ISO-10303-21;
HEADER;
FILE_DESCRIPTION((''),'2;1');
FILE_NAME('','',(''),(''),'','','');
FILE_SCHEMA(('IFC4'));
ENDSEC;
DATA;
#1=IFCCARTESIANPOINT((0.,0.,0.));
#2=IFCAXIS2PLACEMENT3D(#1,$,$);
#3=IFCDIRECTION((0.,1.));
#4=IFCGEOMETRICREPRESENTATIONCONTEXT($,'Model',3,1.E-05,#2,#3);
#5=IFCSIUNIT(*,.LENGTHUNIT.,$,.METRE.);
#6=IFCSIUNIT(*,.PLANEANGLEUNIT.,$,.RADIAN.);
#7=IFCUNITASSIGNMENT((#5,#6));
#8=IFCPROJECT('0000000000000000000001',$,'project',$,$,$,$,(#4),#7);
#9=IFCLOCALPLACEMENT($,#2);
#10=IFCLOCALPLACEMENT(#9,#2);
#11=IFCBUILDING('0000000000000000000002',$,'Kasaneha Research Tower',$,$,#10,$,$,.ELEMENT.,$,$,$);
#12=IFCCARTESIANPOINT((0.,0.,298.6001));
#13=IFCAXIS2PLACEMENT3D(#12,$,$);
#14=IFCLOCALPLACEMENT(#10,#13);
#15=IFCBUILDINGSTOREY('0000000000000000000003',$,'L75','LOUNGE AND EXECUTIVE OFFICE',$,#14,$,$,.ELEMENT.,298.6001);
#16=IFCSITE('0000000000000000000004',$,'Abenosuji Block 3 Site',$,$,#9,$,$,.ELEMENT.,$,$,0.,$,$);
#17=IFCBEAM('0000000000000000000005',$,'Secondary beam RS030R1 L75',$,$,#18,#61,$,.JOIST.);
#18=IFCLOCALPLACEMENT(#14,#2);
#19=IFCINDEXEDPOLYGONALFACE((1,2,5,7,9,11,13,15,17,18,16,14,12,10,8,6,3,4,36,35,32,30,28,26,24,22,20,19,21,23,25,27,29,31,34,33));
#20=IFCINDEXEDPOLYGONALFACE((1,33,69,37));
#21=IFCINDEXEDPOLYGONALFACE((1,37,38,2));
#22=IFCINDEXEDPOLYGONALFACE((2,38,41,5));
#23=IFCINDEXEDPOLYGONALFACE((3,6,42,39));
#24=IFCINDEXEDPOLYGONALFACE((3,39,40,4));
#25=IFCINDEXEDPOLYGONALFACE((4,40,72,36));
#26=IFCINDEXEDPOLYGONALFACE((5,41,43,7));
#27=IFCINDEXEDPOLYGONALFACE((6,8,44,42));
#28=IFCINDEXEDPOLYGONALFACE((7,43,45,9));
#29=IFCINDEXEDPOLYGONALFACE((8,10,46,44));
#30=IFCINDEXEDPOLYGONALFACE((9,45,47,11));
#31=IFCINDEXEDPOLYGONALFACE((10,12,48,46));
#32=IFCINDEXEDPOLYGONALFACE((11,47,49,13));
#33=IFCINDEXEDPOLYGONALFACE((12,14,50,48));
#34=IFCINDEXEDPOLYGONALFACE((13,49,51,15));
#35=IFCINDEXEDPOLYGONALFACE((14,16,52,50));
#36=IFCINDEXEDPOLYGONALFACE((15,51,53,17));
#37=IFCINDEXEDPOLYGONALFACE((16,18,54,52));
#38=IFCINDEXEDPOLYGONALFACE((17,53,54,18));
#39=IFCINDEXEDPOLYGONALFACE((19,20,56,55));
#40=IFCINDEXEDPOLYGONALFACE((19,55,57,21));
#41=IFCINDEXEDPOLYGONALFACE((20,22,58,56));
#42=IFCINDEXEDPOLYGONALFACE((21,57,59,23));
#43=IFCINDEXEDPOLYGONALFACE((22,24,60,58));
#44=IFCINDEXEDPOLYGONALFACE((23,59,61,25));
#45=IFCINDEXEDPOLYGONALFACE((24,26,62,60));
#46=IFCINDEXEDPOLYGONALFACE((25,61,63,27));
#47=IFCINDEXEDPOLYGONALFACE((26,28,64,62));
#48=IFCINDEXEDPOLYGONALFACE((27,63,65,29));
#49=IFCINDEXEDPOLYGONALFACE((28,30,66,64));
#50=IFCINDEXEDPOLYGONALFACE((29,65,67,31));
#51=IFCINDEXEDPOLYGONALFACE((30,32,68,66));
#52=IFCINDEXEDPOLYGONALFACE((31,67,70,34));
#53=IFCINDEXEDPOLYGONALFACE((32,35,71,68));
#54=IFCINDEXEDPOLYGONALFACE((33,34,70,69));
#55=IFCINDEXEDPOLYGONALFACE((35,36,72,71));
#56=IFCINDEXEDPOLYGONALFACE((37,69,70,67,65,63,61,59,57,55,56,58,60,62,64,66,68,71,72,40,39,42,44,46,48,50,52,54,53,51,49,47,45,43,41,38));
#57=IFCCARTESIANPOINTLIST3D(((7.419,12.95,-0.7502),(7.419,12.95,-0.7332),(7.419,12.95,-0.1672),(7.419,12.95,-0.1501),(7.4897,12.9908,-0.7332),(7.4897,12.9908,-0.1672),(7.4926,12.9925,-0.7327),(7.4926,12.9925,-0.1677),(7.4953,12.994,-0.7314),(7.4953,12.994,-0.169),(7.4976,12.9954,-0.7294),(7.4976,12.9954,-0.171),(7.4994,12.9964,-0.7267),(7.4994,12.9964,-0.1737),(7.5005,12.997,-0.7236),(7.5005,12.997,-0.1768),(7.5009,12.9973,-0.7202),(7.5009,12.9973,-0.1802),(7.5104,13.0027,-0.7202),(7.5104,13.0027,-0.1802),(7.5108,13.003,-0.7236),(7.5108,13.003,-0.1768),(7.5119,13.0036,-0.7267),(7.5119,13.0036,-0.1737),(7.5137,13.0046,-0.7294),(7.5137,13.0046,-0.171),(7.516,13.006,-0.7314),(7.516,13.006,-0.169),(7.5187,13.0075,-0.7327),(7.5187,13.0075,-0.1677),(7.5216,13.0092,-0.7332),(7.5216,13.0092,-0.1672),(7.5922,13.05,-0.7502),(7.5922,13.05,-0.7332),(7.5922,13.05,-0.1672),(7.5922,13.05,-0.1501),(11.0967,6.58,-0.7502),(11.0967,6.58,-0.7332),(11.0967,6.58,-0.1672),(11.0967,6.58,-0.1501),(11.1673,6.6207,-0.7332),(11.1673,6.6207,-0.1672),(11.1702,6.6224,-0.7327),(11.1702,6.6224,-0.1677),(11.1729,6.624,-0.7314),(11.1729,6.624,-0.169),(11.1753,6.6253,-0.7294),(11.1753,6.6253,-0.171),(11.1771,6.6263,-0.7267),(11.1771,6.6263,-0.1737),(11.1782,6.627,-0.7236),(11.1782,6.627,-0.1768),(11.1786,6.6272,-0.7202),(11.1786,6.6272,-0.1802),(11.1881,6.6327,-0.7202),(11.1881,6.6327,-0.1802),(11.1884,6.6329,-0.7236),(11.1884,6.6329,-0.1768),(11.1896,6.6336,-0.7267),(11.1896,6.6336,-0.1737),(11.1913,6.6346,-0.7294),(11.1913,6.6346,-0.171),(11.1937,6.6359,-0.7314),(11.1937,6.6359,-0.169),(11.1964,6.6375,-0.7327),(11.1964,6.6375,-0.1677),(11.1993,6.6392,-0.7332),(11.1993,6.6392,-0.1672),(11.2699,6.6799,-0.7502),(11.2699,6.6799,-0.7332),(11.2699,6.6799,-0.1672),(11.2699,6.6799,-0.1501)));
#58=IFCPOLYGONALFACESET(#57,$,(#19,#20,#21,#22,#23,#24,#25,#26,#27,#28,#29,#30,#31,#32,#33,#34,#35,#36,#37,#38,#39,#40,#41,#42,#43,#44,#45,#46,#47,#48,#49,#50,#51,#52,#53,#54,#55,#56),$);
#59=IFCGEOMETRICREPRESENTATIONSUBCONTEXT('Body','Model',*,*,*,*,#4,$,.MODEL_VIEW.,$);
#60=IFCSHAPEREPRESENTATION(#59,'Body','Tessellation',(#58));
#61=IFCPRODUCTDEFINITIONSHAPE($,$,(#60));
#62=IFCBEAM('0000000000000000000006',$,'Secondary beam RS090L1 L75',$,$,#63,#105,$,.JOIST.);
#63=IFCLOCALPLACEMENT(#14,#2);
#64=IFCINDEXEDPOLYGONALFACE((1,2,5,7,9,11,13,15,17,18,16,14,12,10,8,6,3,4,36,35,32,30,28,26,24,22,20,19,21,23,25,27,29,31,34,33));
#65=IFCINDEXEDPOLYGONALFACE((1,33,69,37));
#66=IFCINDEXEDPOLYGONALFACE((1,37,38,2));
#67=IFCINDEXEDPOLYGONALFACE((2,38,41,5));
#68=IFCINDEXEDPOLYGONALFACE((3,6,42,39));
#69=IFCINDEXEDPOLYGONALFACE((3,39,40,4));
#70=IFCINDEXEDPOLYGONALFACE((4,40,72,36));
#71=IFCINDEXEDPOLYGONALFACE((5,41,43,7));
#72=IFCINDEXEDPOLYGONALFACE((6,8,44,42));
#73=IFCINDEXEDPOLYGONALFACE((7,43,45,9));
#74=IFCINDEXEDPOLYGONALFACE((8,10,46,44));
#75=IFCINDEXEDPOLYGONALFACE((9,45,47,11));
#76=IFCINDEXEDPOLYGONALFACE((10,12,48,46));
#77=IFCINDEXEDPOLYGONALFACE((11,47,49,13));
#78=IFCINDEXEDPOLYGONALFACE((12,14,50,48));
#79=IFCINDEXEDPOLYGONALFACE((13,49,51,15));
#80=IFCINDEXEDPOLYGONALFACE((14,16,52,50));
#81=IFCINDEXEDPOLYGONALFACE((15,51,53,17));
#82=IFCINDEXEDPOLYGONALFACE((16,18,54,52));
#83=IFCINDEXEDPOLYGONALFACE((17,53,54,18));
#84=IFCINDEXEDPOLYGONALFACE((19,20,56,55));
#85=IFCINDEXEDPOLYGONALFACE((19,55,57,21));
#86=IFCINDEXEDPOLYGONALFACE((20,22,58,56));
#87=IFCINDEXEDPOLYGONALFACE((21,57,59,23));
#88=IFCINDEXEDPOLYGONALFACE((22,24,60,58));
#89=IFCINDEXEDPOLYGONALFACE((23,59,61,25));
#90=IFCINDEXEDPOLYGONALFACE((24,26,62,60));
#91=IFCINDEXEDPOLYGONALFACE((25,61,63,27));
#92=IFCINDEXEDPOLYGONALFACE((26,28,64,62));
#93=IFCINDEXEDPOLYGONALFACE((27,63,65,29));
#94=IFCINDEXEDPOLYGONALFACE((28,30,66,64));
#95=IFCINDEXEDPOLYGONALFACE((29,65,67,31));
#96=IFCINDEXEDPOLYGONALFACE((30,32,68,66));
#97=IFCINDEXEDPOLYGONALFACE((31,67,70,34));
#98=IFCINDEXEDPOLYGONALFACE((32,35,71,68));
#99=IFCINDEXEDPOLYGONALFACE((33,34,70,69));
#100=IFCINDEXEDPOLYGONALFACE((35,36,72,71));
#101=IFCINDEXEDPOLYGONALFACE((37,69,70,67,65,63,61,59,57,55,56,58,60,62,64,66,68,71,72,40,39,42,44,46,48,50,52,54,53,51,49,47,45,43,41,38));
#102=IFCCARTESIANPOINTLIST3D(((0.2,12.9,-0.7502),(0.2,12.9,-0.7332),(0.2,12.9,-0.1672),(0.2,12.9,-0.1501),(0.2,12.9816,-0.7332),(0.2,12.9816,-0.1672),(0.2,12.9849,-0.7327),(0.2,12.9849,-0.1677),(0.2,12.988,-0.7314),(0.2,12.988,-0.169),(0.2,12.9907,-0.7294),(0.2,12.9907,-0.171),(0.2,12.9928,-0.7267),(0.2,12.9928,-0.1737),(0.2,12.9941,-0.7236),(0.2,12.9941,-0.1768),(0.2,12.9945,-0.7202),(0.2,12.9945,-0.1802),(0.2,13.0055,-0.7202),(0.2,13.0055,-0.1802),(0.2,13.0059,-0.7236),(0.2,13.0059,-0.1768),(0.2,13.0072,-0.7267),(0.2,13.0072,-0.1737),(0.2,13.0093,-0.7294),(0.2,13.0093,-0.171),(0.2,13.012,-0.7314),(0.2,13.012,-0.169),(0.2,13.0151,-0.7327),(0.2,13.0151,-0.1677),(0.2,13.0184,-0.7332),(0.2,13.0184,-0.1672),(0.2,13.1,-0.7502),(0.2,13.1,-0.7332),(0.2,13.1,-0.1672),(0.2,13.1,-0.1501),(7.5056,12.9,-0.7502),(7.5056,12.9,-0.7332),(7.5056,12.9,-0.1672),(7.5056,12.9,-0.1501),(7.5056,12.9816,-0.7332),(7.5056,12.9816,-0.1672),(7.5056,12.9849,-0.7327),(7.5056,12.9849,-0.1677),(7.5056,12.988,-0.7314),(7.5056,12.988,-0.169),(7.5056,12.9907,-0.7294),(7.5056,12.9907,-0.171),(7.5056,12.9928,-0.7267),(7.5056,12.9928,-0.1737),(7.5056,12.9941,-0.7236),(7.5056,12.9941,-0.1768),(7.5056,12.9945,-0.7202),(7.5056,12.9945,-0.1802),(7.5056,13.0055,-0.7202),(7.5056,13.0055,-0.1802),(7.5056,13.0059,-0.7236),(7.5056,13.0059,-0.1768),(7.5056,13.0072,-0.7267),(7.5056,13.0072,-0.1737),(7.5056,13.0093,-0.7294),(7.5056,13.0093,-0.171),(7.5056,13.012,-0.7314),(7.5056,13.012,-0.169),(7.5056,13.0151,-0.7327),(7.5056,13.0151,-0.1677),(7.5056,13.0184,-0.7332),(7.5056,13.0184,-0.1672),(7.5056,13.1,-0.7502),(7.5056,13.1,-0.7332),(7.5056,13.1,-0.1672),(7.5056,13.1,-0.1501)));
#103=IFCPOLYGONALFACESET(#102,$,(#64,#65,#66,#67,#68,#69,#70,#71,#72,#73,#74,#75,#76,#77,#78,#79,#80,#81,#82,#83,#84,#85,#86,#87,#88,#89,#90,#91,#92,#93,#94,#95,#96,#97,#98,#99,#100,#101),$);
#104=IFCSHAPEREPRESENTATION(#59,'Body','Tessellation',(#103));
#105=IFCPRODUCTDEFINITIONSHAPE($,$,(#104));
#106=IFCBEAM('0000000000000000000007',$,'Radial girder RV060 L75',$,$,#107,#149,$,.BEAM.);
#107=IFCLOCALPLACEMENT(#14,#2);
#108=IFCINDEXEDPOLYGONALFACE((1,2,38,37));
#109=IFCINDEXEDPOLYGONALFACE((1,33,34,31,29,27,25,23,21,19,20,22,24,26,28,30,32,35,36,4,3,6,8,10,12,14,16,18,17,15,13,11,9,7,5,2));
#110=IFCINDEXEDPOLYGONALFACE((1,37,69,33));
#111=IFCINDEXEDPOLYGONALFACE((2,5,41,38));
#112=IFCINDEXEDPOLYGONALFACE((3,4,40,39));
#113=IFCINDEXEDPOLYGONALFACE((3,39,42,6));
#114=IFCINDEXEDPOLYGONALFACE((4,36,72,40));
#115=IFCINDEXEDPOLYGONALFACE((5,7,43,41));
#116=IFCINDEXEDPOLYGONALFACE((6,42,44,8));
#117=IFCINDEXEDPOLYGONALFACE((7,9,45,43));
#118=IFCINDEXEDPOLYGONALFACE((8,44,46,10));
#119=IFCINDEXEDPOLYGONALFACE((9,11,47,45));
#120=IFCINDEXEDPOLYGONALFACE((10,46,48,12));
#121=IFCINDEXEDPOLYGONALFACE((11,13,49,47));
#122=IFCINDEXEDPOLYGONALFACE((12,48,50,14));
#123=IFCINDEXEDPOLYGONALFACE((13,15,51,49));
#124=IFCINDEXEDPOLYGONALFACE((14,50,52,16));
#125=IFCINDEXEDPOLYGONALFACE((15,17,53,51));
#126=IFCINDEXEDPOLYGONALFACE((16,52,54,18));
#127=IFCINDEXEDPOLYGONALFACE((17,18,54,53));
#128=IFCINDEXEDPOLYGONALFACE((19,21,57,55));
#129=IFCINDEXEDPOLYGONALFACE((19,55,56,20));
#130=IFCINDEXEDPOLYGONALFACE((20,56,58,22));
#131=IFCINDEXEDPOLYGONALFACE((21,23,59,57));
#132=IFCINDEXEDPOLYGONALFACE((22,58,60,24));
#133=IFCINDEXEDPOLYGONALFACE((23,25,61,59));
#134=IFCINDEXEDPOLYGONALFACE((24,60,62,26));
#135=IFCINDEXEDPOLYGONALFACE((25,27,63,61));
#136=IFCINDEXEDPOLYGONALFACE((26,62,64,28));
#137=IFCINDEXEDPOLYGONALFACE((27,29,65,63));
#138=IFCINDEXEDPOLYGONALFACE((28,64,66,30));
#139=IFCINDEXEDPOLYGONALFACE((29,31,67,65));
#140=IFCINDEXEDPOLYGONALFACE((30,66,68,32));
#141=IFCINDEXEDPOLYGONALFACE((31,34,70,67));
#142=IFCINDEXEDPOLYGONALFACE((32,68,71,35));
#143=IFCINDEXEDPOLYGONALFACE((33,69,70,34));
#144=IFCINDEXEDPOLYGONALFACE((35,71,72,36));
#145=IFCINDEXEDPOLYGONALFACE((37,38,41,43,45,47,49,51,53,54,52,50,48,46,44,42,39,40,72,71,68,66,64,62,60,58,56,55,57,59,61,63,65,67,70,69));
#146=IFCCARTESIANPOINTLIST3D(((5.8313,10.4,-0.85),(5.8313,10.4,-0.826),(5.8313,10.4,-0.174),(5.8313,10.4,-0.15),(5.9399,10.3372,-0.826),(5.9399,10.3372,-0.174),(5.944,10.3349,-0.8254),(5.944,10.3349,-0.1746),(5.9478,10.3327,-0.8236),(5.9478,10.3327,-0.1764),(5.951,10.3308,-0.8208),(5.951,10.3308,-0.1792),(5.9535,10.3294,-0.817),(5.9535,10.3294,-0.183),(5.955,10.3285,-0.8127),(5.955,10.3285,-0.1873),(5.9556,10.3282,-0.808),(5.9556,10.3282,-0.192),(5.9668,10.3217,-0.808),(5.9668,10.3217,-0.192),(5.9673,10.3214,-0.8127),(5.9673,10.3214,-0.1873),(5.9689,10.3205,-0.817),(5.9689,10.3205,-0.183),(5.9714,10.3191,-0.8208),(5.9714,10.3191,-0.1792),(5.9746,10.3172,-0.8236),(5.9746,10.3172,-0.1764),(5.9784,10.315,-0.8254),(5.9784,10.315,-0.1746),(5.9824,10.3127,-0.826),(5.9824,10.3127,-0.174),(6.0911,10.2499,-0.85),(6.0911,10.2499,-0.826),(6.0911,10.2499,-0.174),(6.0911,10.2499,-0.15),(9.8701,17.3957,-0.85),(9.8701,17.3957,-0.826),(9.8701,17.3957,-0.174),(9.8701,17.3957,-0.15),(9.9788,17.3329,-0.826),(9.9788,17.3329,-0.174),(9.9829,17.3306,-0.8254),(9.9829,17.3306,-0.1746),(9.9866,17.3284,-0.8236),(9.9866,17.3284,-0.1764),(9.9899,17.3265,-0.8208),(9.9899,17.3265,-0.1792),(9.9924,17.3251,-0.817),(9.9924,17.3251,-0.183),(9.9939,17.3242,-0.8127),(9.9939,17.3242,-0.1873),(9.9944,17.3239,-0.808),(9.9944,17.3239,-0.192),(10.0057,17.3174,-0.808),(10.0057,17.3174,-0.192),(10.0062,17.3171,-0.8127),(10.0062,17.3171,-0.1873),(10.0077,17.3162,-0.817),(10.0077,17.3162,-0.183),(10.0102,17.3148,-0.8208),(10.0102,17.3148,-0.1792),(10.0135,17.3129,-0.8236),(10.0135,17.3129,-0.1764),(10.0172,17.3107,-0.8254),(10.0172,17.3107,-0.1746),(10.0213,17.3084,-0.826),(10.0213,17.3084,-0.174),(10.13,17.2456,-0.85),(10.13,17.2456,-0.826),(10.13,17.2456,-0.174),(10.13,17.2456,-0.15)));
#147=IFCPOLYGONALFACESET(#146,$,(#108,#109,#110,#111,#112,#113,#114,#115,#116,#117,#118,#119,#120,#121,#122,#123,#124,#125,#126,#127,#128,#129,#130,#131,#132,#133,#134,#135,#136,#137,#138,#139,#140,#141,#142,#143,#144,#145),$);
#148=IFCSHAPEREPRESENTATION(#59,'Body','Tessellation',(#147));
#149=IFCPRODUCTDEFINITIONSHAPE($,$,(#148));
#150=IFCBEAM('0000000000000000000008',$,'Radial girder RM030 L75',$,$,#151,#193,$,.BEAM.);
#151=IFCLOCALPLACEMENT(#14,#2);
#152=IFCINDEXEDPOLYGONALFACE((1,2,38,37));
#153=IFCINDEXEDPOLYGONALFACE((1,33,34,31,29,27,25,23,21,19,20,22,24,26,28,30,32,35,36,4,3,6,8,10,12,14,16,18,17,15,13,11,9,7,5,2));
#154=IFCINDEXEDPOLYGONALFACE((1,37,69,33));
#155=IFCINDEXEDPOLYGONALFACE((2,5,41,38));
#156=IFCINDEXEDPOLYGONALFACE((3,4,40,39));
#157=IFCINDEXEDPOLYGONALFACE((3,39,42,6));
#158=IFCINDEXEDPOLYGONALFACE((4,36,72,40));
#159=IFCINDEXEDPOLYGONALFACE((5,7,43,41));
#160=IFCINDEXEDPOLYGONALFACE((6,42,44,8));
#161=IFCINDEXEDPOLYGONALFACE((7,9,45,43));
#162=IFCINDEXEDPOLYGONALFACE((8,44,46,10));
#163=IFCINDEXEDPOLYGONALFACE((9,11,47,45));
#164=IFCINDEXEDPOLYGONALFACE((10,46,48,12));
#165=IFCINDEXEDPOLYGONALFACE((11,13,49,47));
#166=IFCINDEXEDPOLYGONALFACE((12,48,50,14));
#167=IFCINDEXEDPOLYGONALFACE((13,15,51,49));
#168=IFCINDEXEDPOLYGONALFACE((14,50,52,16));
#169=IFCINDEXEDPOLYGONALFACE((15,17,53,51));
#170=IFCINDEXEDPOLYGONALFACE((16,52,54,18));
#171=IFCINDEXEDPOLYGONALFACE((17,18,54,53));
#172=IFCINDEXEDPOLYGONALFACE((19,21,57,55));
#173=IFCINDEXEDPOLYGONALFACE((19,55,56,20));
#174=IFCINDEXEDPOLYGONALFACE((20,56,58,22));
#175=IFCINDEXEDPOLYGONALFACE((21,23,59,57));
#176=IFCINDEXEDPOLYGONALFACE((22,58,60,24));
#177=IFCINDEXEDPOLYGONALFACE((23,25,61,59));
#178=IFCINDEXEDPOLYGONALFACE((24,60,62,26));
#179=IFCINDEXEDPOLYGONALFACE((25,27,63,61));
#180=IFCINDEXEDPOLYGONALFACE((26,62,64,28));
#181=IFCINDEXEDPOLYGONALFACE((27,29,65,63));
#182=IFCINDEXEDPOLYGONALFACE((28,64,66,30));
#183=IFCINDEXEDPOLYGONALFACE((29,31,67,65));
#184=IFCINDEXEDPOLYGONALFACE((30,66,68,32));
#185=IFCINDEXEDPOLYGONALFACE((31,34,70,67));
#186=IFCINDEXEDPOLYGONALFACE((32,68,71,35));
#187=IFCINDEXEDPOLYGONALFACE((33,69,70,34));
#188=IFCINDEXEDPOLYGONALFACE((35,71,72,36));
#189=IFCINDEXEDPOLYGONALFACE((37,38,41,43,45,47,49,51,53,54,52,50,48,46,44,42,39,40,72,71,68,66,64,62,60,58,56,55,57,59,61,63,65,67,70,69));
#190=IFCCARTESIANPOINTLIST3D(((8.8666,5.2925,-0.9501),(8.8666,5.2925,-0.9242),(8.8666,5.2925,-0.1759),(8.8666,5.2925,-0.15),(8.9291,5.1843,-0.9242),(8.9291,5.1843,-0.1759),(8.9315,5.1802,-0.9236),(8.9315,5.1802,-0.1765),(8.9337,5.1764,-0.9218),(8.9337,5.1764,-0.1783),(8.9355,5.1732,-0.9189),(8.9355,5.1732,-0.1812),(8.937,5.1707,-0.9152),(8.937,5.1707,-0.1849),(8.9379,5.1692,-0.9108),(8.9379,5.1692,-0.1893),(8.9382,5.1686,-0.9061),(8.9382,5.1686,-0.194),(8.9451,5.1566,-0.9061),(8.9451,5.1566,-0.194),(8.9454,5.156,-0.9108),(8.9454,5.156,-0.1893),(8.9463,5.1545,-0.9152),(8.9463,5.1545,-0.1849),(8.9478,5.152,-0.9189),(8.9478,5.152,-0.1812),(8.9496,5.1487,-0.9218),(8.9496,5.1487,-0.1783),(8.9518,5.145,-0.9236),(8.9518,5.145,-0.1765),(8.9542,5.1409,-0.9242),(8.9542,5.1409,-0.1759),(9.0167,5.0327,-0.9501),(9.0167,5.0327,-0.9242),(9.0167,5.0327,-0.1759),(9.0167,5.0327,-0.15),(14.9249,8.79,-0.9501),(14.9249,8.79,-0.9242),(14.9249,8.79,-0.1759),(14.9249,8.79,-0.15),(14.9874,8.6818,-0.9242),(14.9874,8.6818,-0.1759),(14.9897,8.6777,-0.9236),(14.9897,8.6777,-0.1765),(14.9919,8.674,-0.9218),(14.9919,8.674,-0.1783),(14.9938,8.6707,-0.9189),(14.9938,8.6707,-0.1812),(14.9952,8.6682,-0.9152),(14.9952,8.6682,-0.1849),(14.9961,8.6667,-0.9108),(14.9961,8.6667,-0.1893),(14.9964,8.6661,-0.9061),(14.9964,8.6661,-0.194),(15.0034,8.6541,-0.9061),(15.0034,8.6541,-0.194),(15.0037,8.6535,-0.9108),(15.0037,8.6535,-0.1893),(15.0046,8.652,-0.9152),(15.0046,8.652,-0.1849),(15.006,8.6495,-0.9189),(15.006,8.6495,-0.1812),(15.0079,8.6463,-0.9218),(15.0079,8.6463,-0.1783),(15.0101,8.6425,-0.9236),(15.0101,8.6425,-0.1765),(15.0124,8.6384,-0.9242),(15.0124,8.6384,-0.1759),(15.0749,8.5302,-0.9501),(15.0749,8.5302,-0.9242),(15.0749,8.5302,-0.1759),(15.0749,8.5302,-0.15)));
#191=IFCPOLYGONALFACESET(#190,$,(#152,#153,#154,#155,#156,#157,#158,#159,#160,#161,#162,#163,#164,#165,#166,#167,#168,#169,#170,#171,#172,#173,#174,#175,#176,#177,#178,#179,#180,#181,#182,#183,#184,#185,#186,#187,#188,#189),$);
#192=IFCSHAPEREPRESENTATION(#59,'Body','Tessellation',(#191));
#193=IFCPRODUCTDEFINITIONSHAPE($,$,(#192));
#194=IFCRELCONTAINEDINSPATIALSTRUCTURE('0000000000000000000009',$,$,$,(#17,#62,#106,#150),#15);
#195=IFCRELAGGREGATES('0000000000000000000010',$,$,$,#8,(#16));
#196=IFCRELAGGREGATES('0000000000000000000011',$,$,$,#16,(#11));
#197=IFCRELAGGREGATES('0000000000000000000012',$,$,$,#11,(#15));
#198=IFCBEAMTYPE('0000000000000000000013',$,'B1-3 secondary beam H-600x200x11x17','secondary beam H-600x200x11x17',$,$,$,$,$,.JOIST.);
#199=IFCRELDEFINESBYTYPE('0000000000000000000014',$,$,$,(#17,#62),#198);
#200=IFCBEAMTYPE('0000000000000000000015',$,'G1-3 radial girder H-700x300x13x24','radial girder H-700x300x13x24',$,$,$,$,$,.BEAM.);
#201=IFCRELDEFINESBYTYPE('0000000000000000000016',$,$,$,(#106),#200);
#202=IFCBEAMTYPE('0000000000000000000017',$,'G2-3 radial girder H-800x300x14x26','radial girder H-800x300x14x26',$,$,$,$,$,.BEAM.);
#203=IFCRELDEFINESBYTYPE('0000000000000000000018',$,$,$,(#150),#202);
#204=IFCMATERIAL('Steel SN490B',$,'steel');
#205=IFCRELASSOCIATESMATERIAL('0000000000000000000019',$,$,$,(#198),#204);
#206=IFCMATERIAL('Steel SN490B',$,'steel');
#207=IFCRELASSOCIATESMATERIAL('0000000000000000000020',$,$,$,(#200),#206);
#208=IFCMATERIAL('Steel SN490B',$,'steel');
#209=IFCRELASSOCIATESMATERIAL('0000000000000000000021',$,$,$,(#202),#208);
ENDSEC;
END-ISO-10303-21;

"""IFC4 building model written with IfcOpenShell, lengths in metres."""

from ifc_helpers import new_model, si_unit, direction, frame, origin, origin_2d, place, context, subcontext, project, spatial, i_section, extrude, material, material_profile, profile_set, type_object, element, save


model = new_model("IFC4")

# Units and contexts
model_context = context("Model", 3, precision=1e-05, world=origin(), true_north=direction((0.0, 1.0)))
body_context = subcontext(model_context, "Body", "Model", "MODEL_VIEW")
ifc_project = project(units=[si_unit("LENGTHUNIT", "METRE"), si_unit("PLANEANGLEUNIT", "RADIAN")], contexts=[model_context])

# Site, building, storey
site_placement = place(None, origin())
site = spatial("IfcSite", under=ifc_project, at=site_placement, Name="Abenosuji Block 3 Site", CompositionType="ELEMENT", RefElevation=0.0)
building_placement = place(site_placement, origin())
building = spatial("IfcBuilding", under=site, at=building_placement, Name="Kasaneha Research Tower", CompositionType="ELEMENT")
storey_placement = place(building_placement, frame((0.0, 0.0, 298.6001)))
storey = spatial("IfcBuildingStorey", under=building, at=storey_placement, Name="L75", Description="LOUNGE AND EXECUTIVE OFFICE", CompositionType="ELEMENT", Elevation=298.6001)

# Beams
ifc_material_1 = material(Name="Steel SN490B", Category="steel")
ifc_material_profile_1 = material_profile(ifc_material_1, i_section(OverallWidth=0.2, OverallDepth=0.6001, WebThickness=0.011, FlangeThickness=0.0171, FilletRadius=0.0129, at=origin_2d()), Name="H-600x200x11x17")
ifc_profile_set_1 = profile_set([ifc_material_profile_1], Name="Steel SN490B")
beam_type_1 = type_object("IfcBeamType", Name="B1-3 secondary beam H-600x200x11x17", Description="secondary beam H-600x200x11x17", PredefinedType="JOIST", material=ifc_profile_set_1)
beam_1_placement = place(storey_placement, frame((7.5056, 13.0, -0.4502), z_axis=(0.499994, -0.866029, 0.0), x_axis=(0.866029, 0.499994, 0.0)))
element("IfcBeam", 1, at=beam_1_placement, inside=storey, type_object=beam_type_1, Name="Secondary beam RS030R1 L75", PredefinedType="JOIST", context=body_context, shape_type="SweptSolid", body=[
    extrude(i_section(OverallWidth=0.2, OverallDepth=0.6001, WebThickness=0.011, FlangeThickness=0.0171, FilletRadius=0.0129, at=origin_2d()), origin(), (0.0, 0.0, 1.0), 7.3555),
])
beam_2_placement = place(storey_placement, frame((7.5056, 13.0, -0.4502), z_axis=(-1.0, 0.0, 0.0), x_axis=(0.0, -1.0, 0.0)))
element("IfcBeam", 2, at=beam_2_placement, inside=storey, type_object=beam_type_1, Name="Secondary beam RS090L1 L75", PredefinedType="JOIST", context=body_context, shape_type="SweptSolid", body=[
    extrude(i_section(OverallWidth=0.2, OverallDepth=0.6001, WebThickness=0.011, FlangeThickness=0.0171, FilletRadius=0.0129, at=origin_2d()), origin(), (0.0, 0.0, 1.0), 7.3057),
])
ifc_material_2 = material(Name="Steel SN490B", Category="steel")
ifc_material_profile_2 = material_profile(ifc_material_2, i_section(OverallWidth=0.3, OverallDepth=0.7, WebThickness=0.0129, FlangeThickness=0.0239, FilletRadius=0.0181, at=origin_2d()), Name="H-700x300x13x24")
ifc_profile_set_2 = profile_set([ifc_material_profile_2], Name="Steel SN490B")
beam_type_2 = type_object("IfcBeamType", Name="G1-3 radial girder H-700x300x13x24", Description="radial girder H-700x300x13x24", PredefinedType="BEAM", material=ifc_profile_set_2)
beam_3_placement = place(storey_placement, frame((5.9612, 10.325, -0.5), z_axis=(0.499991, 0.866031, 0.0), x_axis=(-0.866031, 0.499991, 0.0)))
element("IfcBeam", 3, at=beam_3_placement, inside=storey, type_object=beam_type_2, Name="Radial girder RV060 L75", PredefinedType="BEAM", context=body_context, shape_type="SweptSolid", body=[
    extrude(i_section(OverallWidth=0.3, OverallDepth=0.7, WebThickness=0.0129, FlangeThickness=0.0239, FilletRadius=0.0181, at=origin_2d()), origin(), (0.0, 0.0, 1.0), 8.0779),
])
ifc_material_3 = material(Name="Steel SN490B", Category="steel")
ifc_material_profile_3 = material_profile(ifc_material_3, i_section(OverallWidth=0.3, OverallDepth=0.8, WebThickness=0.0139, FlangeThickness=0.0259, FilletRadius=0.0181, at=origin_2d()), Name="H-800x300x14x26")
ifc_profile_set_3 = profile_set([ifc_material_profile_3], Name="Steel SN490B")
beam_type_3 = type_object("IfcBeamType", Name="G2-3 radial girder H-800x300x14x26", Description="radial girder H-800x300x14x26", PredefinedType="BEAM", material=ifc_profile_set_3)
beam_4_placement = place(storey_placement, frame((8.9417, 5.1626, -0.55), z_axis=(0.86604, 0.499975, 0.0), x_axis=(-0.499975, 0.86604, 0.0)))
element("IfcBeam", 4, at=beam_4_placement, inside=storey, type_object=beam_type_3, Name="Radial girder RM030 L75", PredefinedType="BEAM", context=body_context, shape_type="SweptSolid", body=[
    extrude(i_section(OverallWidth=0.3, OverallDepth=0.8, WebThickness=0.0139, FlangeThickness=0.0259, FilletRadius=0.0181, at=origin_2d()), origin(), (0.0, 0.0, 1.0), 6.9954),
])

save(model, "model.ifc")
